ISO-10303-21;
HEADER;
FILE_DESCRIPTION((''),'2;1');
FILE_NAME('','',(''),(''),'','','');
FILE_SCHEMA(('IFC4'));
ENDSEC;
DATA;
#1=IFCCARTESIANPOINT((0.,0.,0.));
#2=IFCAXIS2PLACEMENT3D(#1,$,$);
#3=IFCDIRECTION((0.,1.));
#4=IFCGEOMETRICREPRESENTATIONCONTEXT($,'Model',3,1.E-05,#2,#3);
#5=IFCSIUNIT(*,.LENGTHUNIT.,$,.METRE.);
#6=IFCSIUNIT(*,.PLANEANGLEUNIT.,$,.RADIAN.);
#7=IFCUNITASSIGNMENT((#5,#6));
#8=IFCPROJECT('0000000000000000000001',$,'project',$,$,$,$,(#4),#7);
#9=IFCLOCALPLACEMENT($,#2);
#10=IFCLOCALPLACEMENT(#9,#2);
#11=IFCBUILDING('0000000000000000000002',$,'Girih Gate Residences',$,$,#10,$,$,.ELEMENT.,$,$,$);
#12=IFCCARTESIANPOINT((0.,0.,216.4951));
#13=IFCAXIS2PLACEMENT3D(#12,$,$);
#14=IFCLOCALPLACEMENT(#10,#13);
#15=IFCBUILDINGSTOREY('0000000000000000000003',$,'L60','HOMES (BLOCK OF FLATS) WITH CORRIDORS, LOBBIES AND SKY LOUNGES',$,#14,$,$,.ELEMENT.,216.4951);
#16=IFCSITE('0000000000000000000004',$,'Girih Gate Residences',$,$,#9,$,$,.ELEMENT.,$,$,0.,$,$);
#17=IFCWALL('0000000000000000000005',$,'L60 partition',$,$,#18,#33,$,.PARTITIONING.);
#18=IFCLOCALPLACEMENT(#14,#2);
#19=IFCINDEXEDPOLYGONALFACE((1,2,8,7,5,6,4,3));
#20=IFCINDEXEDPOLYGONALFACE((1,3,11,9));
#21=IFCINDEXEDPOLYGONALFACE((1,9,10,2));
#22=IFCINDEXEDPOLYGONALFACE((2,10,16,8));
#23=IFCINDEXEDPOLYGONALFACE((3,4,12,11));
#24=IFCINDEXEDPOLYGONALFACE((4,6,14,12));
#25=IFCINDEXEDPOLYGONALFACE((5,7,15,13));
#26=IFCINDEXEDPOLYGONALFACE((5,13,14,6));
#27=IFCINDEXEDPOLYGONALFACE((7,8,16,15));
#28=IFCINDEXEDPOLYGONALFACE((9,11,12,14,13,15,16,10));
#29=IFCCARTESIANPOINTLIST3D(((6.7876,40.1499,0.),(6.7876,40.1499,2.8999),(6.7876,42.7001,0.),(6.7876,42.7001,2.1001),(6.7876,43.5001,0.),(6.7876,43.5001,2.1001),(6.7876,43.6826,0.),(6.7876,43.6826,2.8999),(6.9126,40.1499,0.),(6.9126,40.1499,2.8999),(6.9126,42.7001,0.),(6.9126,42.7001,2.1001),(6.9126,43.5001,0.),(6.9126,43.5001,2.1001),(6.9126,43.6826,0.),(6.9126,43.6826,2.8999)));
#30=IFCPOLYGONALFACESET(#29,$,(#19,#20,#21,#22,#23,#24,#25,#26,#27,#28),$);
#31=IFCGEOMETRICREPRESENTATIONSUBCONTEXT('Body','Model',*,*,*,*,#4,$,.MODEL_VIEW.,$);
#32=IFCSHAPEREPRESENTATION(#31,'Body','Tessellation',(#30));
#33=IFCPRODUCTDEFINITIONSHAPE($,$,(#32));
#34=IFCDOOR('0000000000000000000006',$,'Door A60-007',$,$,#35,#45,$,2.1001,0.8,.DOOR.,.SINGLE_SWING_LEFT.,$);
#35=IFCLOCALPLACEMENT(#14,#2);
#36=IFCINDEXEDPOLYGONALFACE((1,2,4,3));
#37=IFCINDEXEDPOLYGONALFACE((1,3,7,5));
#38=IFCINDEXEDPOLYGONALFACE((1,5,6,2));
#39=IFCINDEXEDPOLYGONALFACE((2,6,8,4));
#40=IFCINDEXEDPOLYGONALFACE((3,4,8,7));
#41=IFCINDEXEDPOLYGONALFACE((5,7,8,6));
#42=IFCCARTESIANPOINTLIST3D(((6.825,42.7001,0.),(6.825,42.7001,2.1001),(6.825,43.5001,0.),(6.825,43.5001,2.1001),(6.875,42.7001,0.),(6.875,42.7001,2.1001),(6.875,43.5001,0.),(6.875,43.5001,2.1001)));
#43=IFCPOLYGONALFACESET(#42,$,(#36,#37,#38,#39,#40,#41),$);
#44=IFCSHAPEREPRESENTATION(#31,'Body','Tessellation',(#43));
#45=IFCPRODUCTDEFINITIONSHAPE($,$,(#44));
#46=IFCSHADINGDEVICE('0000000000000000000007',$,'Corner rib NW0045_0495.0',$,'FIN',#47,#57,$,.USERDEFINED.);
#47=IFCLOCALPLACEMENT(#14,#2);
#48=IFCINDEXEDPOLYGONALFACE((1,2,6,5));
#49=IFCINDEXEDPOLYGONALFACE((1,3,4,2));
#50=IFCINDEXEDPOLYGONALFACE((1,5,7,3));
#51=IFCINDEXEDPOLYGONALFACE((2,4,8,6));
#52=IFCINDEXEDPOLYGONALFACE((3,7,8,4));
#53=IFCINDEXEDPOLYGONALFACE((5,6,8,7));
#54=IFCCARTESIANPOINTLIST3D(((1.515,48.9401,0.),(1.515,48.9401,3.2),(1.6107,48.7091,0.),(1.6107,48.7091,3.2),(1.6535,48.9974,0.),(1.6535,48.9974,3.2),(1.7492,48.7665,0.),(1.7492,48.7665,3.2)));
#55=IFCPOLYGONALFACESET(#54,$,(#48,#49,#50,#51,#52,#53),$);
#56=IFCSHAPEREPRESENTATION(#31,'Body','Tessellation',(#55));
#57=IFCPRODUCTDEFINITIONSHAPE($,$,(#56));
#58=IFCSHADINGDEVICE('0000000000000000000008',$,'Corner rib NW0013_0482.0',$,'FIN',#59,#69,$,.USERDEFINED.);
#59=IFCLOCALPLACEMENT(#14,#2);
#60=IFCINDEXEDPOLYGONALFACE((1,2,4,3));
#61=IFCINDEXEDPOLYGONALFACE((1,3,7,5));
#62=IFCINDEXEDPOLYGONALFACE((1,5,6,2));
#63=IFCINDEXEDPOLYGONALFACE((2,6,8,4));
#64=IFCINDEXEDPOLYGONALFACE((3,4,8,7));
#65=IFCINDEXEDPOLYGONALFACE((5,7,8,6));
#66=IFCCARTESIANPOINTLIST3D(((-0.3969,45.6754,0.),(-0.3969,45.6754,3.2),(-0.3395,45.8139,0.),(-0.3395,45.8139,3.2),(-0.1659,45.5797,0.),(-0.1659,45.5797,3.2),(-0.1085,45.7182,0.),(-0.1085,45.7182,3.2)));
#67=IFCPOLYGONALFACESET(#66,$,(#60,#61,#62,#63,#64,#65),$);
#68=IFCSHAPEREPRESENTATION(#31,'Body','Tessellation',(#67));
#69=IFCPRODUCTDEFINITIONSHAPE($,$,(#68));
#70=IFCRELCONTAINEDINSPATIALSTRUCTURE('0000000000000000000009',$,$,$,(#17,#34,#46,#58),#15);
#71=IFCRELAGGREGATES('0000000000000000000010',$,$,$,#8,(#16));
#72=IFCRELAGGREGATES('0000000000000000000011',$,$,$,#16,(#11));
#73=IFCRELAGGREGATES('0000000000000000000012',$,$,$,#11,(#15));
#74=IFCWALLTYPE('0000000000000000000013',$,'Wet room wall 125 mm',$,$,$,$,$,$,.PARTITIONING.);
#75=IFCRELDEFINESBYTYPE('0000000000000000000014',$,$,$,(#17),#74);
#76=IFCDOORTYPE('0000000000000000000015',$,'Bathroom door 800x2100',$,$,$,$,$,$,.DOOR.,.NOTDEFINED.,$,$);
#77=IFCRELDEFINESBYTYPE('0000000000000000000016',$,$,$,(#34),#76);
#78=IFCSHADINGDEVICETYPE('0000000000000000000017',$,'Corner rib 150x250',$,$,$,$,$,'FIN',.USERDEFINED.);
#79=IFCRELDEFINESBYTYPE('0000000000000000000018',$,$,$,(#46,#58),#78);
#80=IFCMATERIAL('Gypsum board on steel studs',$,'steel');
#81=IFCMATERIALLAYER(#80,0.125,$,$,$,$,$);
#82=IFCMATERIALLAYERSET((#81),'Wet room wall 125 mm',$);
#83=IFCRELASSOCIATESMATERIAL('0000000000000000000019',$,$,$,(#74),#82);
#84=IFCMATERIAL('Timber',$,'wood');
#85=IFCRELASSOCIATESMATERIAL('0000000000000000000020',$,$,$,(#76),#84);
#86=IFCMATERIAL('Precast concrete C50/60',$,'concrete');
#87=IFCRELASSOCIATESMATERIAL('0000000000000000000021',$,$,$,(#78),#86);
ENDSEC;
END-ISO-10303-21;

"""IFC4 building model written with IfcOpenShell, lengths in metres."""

from ifc_helpers import new_model, si_unit, direction, frame, frame_2d, origin, origin_2d, place, context, subcontext, project, spatial, rectangle, extrude, material, layer, layer_set, type_object, element, fill, save


model = new_model("IFC4")

# Units and contexts
model_context = context("Model", 3, precision=1e-05, world=origin(), true_north=direction((0.0, 1.0)))
body_context = subcontext(model_context, "Body", "Model", "MODEL_VIEW")
ifc_project = project(units=[si_unit("LENGTHUNIT", "METRE"), si_unit("PLANEANGLEUNIT", "RADIAN")], contexts=[model_context])

# Site, building, storey
site_placement = place(None, origin())
site = spatial("IfcSite", under=ifc_project, at=site_placement, Name="Girih Gate Residences", CompositionType="ELEMENT", RefElevation=0.0)
building_placement = place(site_placement, origin())
building = spatial("IfcBuilding", under=site, at=building_placement, Name="Girih Gate Residences", CompositionType="ELEMENT")
storey_placement = place(building_placement, frame((0.0, 0.0, 216.4951)))
storey = spatial("IfcBuildingStorey", under=building, at=storey_placement, Name="L60", Description="HOMES (BLOCK OF FLATS) WITH CORRIDORS, LOBBIES AND SKY LOUNGES", CompositionType="ELEMENT", Elevation=216.4951)

# Shared definitions
ifc_material_1 = material(Name="Gypsum board on steel studs", Category="steel")
ifc_material_2 = material(Name="Timber", Category="wood")

# Shared definitions
ifc_material_3 = material(Name="Precast concrete C50/60", Category="concrete")

# Wall, opening, door
ifc_layer_1 = layer(ifc_material_1, 0.125)
ifc_layer_set_1 = layer_set([ifc_layer_1], Name="Wet room wall 125 mm")
wall_type_1 = type_object("IfcWallType", Name="Wet room wall 125 mm", PredefinedType="PARTITIONING", material=ifc_layer_set_1)
wall_1_placement = place(storey_placement, frame((6.8501, 43.6826, 0.0), z_axis=(0.0, 0.0, 1.0), x_axis=(0.0, -1.0, 0.0)))
wall_1 = element("IfcWall", 1, at=wall_1_placement, inside=storey, type_object=wall_type_1, Name="L60 partition", PredefinedType="PARTITIONING", context=body_context, shape_type="SweptSolid", body=[
    extrude(rectangle(XDim=3.5327, YDim=0.125, at=frame_2d((1.7664, 0.0))), origin(), (0.0, 0.0, 1.0), 2.8999),
])
opening_1_placement = place(wall_1_placement, frame((0.1826, 0.0, 0.0)))
opening_1 = element("IfcOpeningElement", 2, at=opening_1_placement, cuts=wall_1, PredefinedType="OPENING", context=body_context, shape_type="SweptSolid", body=[
    extrude(rectangle(XDim=0.8, YDim=2.1001, at=frame_2d((0.3999, 1.05))), frame((0.0, 0.0725, 0.0), z_axis=(0.0, -1.0, 0.0), x_axis=(1.0, 0.0, 0.0)), (0.0, 0.0, 1.0), 0.145),
])
door_type_1 = type_object("IfcDoorType", Name="Bathroom door 800x2100", OperationType="NOTDEFINED", PredefinedType="DOOR", material=ifc_material_2)
door_1_placement = place(opening_1_placement, origin())
door_1 = element("IfcDoor", 3, at=door_1_placement, inside=storey, type_object=door_type_1, Name="Door A60-007", OperationType="SINGLE_SWING_LEFT", OverallHeight=2.1001, OverallWidth=0.8, PredefinedType="DOOR", context=body_context, shape_type="SweptSolid", body=[
    extrude(rectangle(XDim=0.8, YDim=2.1001, at=frame_2d((0.3999, 1.05))), frame((0.0, 0.0249, 0.0), z_axis=(0.0, -1.0, 0.0), x_axis=(1.0, 0.0, 0.0)), (0.0, 0.0, 1.0), 0.05),
])
fill(opening_1, door_1)

# Shading devices
shading_device_type = type_object("IfcShadingDeviceType", Name="Corner rib 150x250", ElementType="FIN", PredefinedType="USERDEFINED", material=ifc_material_3)
for number, where, z_axis, x_axis, name in (
    (4, (1.6321, 48.8533, 0.0), (0.0, 0.0, 1.0), (-0.92388, -0.382683, 0.0), "Corner rib NW0045_0495.0"),
    (5, (-0.2527, 45.6968, 0.0), (0.0, 0.0, 1.0), (-0.382683, -0.92388, 0.0), "Corner rib NW0013_0482.0"),
):
    element("IfcShadingDevice", number, at=place(storey_placement, frame(where, z_axis=z_axis, x_axis=x_axis)), inside=storey, type_object=shading_device_type, Name=name, ObjectType="FIN", PredefinedType="USERDEFINED", context=body_context, shape_type="SweptSolid", body=[
        extrude(rectangle(XDim=0.1499, YDim=0.25, at=origin_2d()), origin(), (0.0, 0.0, 1.0), 3.2),
    ])

save(model, "model.ifc")
